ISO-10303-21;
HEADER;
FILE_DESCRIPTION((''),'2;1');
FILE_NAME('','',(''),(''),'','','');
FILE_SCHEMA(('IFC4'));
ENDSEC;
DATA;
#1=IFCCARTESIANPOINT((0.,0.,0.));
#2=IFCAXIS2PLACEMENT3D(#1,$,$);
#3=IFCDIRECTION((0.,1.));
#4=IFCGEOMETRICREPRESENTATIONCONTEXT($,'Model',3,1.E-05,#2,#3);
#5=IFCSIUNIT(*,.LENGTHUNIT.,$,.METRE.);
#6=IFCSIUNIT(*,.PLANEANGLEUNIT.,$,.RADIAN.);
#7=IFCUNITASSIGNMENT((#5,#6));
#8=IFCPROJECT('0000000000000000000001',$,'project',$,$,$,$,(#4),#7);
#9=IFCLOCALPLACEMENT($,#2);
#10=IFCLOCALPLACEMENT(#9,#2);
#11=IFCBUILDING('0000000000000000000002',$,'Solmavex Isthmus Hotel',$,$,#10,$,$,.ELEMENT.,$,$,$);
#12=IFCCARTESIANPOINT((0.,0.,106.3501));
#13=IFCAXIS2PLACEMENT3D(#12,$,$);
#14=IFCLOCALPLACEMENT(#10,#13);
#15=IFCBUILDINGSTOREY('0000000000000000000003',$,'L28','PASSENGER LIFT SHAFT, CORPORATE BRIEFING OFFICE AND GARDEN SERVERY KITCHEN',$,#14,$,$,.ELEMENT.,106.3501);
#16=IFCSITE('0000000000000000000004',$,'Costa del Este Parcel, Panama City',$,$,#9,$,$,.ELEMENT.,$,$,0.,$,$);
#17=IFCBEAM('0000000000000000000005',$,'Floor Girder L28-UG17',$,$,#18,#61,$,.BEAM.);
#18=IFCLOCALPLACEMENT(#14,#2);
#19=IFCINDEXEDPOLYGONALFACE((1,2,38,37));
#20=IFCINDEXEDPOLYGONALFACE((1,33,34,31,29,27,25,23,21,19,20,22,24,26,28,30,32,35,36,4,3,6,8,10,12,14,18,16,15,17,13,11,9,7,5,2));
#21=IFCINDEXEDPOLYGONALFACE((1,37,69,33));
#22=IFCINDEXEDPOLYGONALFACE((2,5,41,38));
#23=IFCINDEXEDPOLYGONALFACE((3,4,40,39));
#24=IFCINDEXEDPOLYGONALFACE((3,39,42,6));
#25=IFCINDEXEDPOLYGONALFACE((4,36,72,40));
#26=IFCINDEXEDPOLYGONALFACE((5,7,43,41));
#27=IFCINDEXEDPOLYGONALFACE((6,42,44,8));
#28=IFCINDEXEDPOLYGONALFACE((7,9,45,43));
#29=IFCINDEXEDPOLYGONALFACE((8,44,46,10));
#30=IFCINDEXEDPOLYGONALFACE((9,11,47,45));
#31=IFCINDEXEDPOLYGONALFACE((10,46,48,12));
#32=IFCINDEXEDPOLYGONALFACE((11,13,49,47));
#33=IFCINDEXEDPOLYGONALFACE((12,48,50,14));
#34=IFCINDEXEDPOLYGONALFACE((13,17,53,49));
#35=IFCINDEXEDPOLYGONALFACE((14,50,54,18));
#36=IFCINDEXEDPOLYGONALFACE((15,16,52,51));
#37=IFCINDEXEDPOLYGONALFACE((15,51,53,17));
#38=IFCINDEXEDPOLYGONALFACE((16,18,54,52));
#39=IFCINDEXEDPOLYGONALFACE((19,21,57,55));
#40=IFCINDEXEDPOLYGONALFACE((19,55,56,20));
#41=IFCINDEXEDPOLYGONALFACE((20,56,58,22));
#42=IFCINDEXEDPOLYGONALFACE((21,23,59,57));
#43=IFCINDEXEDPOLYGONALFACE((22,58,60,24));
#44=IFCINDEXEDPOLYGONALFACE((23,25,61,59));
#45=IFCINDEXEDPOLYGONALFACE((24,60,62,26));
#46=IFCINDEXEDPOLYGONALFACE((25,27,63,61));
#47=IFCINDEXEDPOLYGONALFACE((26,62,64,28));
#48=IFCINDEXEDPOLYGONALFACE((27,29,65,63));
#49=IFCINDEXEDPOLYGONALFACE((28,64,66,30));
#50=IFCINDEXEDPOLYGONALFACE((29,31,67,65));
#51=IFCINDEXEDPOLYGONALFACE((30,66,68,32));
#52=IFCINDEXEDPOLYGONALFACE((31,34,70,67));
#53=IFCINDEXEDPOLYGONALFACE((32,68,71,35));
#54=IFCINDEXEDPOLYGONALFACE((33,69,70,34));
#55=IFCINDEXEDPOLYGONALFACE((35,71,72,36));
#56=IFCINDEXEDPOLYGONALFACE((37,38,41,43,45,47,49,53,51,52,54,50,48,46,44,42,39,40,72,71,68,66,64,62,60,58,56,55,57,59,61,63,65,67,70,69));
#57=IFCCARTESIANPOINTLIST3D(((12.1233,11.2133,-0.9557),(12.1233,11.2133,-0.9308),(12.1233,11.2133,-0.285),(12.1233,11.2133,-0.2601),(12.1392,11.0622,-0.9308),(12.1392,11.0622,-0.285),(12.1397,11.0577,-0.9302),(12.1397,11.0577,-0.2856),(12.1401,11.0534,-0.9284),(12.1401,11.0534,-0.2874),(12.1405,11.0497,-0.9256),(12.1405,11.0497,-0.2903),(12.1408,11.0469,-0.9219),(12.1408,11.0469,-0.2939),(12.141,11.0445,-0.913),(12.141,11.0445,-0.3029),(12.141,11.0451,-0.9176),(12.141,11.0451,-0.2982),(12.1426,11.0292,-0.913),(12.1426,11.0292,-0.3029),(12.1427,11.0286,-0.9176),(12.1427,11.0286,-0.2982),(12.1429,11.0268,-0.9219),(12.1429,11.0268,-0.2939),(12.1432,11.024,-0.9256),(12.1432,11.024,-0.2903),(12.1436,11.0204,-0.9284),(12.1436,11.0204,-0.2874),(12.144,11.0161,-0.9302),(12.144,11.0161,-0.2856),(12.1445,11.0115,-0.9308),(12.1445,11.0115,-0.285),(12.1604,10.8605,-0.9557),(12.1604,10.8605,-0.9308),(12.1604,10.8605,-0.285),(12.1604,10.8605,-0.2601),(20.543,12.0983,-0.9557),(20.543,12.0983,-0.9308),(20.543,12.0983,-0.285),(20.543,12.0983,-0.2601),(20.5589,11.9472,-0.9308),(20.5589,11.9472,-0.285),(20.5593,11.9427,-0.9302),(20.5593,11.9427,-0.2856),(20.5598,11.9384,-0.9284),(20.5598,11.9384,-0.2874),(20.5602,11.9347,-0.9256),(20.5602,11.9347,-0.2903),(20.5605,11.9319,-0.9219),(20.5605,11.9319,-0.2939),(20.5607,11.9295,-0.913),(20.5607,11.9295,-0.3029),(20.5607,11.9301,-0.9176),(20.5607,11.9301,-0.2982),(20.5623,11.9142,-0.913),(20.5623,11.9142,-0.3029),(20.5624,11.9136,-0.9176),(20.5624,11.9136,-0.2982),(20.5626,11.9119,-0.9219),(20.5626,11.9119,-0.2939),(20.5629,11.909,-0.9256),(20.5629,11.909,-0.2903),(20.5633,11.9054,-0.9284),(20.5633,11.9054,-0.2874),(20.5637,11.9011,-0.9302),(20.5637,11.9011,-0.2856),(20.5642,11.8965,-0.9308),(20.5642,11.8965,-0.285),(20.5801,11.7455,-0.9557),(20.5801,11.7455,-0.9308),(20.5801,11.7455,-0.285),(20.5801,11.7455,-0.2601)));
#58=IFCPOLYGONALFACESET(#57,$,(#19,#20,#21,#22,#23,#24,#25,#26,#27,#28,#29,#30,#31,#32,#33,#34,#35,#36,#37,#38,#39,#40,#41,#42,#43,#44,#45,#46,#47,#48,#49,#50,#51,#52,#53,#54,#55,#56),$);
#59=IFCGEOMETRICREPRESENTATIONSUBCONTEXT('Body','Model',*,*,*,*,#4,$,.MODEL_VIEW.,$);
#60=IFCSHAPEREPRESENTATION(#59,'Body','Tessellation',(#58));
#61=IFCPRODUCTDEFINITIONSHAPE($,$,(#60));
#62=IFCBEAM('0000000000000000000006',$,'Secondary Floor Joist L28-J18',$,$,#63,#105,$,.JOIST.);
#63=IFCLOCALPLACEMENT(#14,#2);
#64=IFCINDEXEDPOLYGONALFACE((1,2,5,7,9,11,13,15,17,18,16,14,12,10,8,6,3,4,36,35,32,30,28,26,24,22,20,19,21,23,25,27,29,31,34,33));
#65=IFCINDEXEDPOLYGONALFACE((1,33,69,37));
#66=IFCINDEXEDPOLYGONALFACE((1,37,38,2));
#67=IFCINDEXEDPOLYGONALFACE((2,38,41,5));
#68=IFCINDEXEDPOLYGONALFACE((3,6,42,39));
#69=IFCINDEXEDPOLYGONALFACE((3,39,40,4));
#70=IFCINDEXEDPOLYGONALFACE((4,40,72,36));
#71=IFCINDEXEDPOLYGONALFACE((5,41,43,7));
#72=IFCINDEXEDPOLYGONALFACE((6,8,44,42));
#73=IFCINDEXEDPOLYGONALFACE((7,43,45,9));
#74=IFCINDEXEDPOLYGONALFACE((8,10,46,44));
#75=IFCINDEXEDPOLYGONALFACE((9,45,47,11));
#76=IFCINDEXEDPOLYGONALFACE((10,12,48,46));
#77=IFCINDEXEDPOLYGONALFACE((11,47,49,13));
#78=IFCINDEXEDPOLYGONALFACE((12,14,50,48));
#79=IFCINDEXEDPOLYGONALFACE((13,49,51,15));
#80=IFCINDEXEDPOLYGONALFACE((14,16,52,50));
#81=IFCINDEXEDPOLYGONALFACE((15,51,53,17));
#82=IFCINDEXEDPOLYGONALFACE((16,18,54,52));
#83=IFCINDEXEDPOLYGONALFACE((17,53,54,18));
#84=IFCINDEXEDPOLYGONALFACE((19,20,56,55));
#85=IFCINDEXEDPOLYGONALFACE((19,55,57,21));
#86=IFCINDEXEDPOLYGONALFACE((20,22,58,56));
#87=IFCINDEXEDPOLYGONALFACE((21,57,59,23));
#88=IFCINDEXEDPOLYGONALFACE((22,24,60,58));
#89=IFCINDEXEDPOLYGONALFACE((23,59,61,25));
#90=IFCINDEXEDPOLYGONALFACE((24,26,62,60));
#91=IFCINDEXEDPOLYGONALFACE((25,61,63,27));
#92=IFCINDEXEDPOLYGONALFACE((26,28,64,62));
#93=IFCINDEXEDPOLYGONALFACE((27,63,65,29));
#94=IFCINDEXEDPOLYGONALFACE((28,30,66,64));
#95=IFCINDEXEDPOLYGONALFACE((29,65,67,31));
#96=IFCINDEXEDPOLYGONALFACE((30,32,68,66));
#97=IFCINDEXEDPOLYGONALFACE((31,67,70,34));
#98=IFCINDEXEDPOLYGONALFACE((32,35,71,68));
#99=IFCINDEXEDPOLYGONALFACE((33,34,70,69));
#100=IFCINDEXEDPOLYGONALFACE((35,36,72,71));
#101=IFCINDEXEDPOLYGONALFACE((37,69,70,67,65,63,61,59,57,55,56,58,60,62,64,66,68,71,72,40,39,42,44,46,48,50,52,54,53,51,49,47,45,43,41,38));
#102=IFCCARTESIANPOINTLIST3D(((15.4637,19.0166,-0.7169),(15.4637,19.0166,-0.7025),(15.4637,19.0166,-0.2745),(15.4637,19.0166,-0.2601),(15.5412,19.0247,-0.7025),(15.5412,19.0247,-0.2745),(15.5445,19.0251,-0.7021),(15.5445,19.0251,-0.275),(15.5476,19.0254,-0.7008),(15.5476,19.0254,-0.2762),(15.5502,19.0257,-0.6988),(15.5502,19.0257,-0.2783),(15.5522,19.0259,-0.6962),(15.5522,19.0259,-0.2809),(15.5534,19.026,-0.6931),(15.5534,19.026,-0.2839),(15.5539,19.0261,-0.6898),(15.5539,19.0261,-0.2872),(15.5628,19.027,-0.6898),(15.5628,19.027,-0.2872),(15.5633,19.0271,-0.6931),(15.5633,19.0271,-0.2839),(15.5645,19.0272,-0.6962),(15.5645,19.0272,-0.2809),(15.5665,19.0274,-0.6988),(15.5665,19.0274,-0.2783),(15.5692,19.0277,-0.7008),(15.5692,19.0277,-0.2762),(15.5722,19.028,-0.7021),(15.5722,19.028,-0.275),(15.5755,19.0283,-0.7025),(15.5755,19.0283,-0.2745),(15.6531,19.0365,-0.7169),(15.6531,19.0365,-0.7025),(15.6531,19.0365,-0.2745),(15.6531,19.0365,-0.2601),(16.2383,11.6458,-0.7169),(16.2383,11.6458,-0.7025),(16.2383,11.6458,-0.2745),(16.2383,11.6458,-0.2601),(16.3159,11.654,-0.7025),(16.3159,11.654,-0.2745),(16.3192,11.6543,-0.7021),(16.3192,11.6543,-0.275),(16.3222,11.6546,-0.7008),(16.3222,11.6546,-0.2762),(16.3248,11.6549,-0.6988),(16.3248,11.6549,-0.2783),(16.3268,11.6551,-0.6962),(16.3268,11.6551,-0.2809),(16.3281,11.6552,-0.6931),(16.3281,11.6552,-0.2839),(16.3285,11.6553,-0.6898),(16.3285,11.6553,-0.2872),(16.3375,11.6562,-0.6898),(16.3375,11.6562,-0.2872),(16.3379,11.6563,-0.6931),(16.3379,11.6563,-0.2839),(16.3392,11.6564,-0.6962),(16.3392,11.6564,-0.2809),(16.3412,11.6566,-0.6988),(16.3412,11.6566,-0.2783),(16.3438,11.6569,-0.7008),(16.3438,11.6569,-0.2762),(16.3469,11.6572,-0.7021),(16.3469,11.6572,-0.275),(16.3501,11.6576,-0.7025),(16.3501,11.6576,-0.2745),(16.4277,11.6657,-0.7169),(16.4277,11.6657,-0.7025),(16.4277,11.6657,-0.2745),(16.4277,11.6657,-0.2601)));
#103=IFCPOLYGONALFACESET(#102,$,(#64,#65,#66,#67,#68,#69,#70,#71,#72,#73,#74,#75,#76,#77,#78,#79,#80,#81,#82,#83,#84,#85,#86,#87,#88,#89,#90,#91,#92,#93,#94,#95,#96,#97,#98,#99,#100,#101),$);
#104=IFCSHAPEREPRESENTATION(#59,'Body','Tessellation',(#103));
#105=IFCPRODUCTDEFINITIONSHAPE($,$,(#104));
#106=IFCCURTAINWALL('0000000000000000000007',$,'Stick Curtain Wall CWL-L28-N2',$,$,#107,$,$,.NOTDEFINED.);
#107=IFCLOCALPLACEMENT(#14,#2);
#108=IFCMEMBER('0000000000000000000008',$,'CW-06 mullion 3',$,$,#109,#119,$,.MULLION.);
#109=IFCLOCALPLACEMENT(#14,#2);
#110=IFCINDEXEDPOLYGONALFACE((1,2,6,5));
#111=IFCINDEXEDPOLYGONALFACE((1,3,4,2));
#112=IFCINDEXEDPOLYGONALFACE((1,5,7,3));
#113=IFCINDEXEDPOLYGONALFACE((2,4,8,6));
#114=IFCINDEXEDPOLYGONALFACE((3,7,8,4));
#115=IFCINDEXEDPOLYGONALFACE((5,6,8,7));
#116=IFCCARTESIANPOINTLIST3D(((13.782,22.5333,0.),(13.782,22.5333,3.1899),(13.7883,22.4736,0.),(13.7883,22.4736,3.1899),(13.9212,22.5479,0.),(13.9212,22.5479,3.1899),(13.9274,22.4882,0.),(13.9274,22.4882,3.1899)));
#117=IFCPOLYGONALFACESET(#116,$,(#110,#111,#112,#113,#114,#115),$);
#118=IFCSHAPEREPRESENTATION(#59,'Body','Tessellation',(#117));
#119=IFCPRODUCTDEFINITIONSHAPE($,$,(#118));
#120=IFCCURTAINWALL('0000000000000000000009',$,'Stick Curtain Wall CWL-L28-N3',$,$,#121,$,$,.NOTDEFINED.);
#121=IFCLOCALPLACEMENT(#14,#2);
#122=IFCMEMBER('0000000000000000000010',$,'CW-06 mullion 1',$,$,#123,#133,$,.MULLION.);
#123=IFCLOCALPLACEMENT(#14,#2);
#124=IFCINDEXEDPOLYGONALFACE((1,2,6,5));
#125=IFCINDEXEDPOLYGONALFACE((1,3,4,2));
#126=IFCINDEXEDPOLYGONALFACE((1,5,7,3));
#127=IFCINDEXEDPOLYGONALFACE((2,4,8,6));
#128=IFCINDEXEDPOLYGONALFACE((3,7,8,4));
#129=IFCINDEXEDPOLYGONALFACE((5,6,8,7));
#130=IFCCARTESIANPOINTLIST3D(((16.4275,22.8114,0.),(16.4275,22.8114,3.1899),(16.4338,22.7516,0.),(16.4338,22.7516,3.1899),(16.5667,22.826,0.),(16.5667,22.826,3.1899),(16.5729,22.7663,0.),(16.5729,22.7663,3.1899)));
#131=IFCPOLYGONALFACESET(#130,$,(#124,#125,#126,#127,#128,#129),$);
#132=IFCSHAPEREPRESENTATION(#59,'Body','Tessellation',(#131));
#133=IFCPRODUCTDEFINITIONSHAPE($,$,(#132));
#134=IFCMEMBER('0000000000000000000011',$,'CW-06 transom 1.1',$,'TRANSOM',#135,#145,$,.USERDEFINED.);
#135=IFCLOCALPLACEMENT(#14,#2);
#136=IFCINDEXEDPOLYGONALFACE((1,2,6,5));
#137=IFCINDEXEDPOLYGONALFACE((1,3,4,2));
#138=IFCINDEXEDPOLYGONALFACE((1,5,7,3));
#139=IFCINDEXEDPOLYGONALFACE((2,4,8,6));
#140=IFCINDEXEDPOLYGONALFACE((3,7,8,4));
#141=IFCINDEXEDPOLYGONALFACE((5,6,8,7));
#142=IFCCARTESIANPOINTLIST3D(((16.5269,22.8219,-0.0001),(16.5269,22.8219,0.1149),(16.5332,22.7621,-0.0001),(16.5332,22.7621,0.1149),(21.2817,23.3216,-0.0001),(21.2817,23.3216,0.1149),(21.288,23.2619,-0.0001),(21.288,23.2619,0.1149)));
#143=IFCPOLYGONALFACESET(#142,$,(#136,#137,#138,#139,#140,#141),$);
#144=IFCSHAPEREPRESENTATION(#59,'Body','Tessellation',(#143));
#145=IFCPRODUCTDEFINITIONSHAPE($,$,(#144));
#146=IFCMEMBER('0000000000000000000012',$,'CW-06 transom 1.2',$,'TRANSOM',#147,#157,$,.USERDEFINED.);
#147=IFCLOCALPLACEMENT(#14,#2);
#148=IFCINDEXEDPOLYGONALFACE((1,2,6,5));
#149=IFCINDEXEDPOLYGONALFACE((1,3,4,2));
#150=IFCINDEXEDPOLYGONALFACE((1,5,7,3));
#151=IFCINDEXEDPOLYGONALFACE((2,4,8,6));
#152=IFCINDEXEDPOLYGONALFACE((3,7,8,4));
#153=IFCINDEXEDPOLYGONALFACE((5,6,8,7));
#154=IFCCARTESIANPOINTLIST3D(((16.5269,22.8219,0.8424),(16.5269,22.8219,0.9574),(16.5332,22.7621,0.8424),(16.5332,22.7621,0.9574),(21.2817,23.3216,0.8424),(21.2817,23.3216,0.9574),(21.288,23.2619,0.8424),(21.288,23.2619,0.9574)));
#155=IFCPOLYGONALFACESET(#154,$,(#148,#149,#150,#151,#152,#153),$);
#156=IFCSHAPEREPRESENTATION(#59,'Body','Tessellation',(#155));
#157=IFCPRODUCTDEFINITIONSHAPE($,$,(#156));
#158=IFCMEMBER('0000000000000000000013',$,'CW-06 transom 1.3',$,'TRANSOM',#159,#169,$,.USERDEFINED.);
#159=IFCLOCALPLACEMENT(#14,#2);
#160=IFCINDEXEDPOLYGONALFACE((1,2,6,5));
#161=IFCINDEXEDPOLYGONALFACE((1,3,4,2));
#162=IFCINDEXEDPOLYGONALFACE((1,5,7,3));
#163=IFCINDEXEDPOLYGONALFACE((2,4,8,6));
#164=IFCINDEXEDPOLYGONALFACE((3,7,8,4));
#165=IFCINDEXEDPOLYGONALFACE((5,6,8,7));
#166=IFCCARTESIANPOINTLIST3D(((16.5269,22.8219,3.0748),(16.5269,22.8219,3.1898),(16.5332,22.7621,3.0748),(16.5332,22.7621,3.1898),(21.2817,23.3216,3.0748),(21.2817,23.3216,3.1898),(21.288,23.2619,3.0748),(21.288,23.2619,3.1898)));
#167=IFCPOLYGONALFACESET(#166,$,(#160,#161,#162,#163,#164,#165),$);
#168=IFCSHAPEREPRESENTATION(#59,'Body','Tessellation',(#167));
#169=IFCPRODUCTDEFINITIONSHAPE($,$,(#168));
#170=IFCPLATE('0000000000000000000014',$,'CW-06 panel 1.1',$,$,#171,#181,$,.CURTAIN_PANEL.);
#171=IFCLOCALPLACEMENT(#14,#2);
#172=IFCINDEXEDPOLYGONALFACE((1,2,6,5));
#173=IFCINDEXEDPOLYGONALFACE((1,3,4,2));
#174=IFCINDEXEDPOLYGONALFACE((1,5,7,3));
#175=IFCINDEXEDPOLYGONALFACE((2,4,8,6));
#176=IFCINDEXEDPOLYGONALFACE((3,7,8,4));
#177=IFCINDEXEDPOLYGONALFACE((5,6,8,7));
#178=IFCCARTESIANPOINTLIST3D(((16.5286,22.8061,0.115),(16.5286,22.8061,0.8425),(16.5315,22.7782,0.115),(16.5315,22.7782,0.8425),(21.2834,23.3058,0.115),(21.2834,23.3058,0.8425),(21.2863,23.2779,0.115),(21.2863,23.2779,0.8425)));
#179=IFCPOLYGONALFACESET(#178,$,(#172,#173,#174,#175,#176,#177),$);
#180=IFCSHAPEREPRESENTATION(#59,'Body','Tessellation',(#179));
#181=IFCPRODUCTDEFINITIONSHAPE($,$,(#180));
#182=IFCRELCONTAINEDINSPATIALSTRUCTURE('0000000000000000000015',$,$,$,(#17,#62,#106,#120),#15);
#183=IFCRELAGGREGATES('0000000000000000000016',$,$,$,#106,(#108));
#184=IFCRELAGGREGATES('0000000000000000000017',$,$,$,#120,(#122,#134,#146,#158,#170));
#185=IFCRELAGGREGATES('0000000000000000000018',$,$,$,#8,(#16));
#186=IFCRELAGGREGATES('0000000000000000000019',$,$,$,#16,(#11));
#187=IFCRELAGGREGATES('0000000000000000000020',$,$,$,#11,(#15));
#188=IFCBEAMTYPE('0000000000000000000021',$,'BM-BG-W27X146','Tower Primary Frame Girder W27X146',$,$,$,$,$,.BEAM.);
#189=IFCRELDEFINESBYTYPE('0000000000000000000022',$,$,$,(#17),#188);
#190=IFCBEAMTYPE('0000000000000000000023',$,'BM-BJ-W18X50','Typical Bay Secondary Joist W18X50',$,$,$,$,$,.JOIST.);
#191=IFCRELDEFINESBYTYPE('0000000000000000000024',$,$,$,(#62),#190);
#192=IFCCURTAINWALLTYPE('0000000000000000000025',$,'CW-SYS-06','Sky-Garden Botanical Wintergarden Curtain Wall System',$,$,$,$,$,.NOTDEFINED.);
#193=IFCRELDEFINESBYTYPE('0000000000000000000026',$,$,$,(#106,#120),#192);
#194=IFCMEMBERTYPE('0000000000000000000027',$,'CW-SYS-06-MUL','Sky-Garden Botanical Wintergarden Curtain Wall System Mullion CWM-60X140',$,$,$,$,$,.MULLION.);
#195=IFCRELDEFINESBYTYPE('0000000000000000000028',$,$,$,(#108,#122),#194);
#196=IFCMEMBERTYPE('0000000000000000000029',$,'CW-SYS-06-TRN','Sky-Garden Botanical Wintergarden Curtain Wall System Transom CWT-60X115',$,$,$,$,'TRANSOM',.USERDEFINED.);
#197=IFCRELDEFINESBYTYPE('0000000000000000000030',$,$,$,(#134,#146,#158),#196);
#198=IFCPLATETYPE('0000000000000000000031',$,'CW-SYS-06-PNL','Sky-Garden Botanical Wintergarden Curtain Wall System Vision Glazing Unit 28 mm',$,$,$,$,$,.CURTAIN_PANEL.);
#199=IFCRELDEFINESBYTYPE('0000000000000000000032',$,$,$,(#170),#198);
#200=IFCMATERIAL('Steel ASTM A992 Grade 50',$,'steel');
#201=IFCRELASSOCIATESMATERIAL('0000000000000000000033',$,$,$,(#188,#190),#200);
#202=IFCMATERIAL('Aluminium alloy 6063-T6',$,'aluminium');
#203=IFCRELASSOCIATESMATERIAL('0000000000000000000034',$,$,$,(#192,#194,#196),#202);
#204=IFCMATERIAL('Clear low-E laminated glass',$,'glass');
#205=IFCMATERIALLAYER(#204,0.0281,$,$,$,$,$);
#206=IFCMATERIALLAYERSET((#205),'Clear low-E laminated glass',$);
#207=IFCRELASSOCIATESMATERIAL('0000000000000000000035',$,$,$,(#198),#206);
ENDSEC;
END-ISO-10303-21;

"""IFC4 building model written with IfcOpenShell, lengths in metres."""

from ifc_helpers import new_model, si_unit, direction, frame, origin, origin_2d, place, context, subcontext, project, spatial, rectangle, i_section, extrude, material, layer, layer_set, material_profile, profile_set, type_object, element, aggregate, save


model = new_model("IFC4")

# Units and contexts
model_context = context("Model", 3, precision=1e-05, world=origin(), true_north=direction((0.0, 1.0)))
body_context = subcontext(model_context, "Body", "Model", "MODEL_VIEW")
ifc_project = project(units=[si_unit("LENGTHUNIT", "METRE"), si_unit("PLANEANGLEUNIT", "RADIAN")], contexts=[model_context])

# Site, building, storey
site_placement = place(None, origin())
site = spatial("IfcSite", under=ifc_project, at=site_placement, Name="Costa del Este Parcel, Panama City", CompositionType="ELEMENT", RefElevation=0.0)
building_placement = place(site_placement, origin())
building = spatial("IfcBuilding", under=site, at=building_placement, Name="Solmavex Isthmus Hotel", CompositionType="ELEMENT")
storey_placement = place(building_placement, frame((0.0, 0.0, 106.3501)))
storey = spatial("IfcBuildingStorey", under=building, at=storey_placement, Name="L28", Description="PASSENGER LIFT SHAFT, CORPORATE BRIEFING OFFICE AND GARDEN SERVERY KITCHEN", CompositionType="ELEMENT", Elevation=106.3501)

# Beams
ifc_material_1 = material(Name="Steel ASTM A992 Grade 50", Category="steel")
ifc_material_profile_1 = material_profile(ifc_material_1, i_section(OverallWidth=0.3547, OverallDepth=0.6956, WebThickness=0.0154, FlangeThickness=0.0249, FilletRadius=0.0178, at=origin_2d()), Name="W27X146")
ifc_profile_set_1 = profile_set([ifc_material_profile_1], Name="Steel ASTM A992 Grade 50")
beam_type_1 = type_object("IfcBeamType", Name="BM-BG-W27X146", Description="Tower Primary Frame Girder W27X146", PredefinedType="BEAM", material=ifc_profile_set_1)
beam_1_placement = place(storey_placement, frame((12.1418, 11.0369, -0.6079), z_axis=(0.994521, 0.104536, 0.0), x_axis=(-0.104536, 0.994521, 0.0)))
element("IfcBeam", 1, at=beam_1_placement, inside=storey, type_object=beam_type_1, Name="Floor Girder L28-UG17", PredefinedType="BEAM", context=body_context, shape_type="SweptSolid", body=[
    extrude(i_section(OverallWidth=0.3547, OverallDepth=0.6956, WebThickness=0.0154, FlangeThickness=0.0249, FilletRadius=0.0178, at=origin_2d()), origin(), (0.0, 0.0, 1.0), 8.4661),
])
ifc_material_profile_2 = material_profile(ifc_material_1, i_section(OverallWidth=0.1904, OverallDepth=0.4568, WebThickness=0.009, FlangeThickness=0.0144, FilletRadius=0.0127, at=origin_2d()), Name="W18X50")
ifc_profile_set_2 = profile_set([ifc_material_profile_2], Name="Steel ASTM A992 Grade 50")
beam_type_2 = type_object("IfcBeamType", Name="BM-BJ-W18X50", Description="Typical Bay Secondary Joist W18X50", PredefinedType="JOIST", material=ifc_profile_set_2)
beam_2_placement = place(storey_placement, frame((16.333, 11.6558, -0.4885), z_axis=(-0.104522, 0.994523, 0.0), x_axis=(-0.994523, -0.104522, 0.0)))
element("IfcBeam", 2, at=beam_2_placement, inside=storey, type_object=beam_type_2, Name="Secondary Floor Joist L28-J18", PredefinedType="JOIST", context=body_context, shape_type="SweptSolid", body=[
    extrude(i_section(OverallWidth=0.1904, OverallDepth=0.4568, WebThickness=0.009, FlangeThickness=0.0144, FilletRadius=0.0127, at=origin_2d()), origin(), (0.0, 0.0, 1.0), 7.4114),
])

# Curtain wall, member
ifc_material_2 = material(Name="Aluminium alloy 6063-T6", Category="aluminium")
curtain_wall_type = type_object("IfcCurtainWallType", Name="CW-SYS-06", Description="Sky-Garden Botanical Wintergarden Curtain Wall System", PredefinedType="NOTDEFINED", material=ifc_material_2)
curtain_wall_1_placement = place(storey_placement, origin())
curtain_wall_1 = element("IfcCurtainWall", 3, at=curtain_wall_1_placement, inside=storey, type_object=curtain_wall_type, Name="Stick Curtain Wall CWL-L28-N2", PredefinedType="NOTDEFINED")
ifc_material_profile_3 = material_profile(ifc_material_2, rectangle(XDim=0.0601, YDim=0.1399, at=origin_2d()), Name="CWM-60X140")
ifc_profile_set_3 = profile_set([ifc_material_profile_3], Name="Aluminium alloy 6063-T6")
member_type_1 = type_object("IfcMemberType", Name="CW-SYS-06-MUL", Description="Sky-Garden Botanical Wintergarden Curtain Wall System Mullion CWM-60X140", PredefinedType="MULLION", material=ifc_profile_set_3)
member_1_placement = place(storey_placement, frame((13.8547, 22.5107, 0.0), z_axis=(0.0, 0.0, 1.0), x_axis=(-0.104529, 0.994522, 0.0)))
member_1 = element("IfcMember", 4, at=member_1_placement, type_object=member_type_1, Name="CW-06 mullion 3", PredefinedType="MULLION", context=body_context, shape_type="SweptSolid", body=[
    extrude(rectangle(XDim=0.0601, YDim=0.1399, at=origin_2d()), origin(), (0.0, 0.0, 1.0), 3.1899),
])
aggregate(curtain_wall_1, [member_1])

# Curtain wall, members, plate
curtain_wall_2_placement = place(storey_placement, origin())
curtain_wall_2 = element("IfcCurtainWall", 5, at=curtain_wall_2_placement, inside=storey, type_object=curtain_wall_type, Name="Stick Curtain Wall CWL-L28-N3", PredefinedType="NOTDEFINED")
member_2_placement = place(storey_placement, frame((16.5002, 22.7888, 0.0), z_axis=(0.0, 0.0, 1.0), x_axis=(-0.104528, 0.994522, 0.0)))
member_2 = element("IfcMember", 6, at=member_2_placement, type_object=member_type_1, Name="CW-06 mullion 1", PredefinedType="MULLION", context=body_context, shape_type="SweptSolid", body=[
    extrude(rectangle(XDim=0.0601, YDim=0.1399, at=origin_2d()), origin(), (0.0, 0.0, 1.0), 3.1899),
])
ifc_material_profile_4 = material_profile(ifc_material_2, rectangle(XDim=0.0601, YDim=0.115, at=origin_2d()), Name="CWT-60X115")
ifc_profile_set_4 = profile_set([ifc_material_profile_4], Name="Aluminium alloy 6063-T6")
member_type_2 = type_object("IfcMemberType", Name="CW-SYS-06-TRN", Description="Sky-Garden Botanical Wintergarden Curtain Wall System Transom CWT-60X115", ElementType="TRANSOM", PredefinedType="USERDEFINED", material=ifc_profile_set_4)
member_3_placement = place(storey_placement, frame((16.53, 22.792, 0.0574), z_axis=(0.994522, 0.104528, 0.0), x_axis=(-0.104528, 0.994522, 0.0)))
member_3 = element("IfcMember", 7, at=member_3_placement, type_object=member_type_2, Name="CW-06 transom 1.1", ObjectType="TRANSOM", PredefinedType="USERDEFINED", context=body_context, shape_type="SweptSolid", body=[
    extrude(rectangle(XDim=0.0601, YDim=0.115, at=origin_2d()), origin(), (0.0, 0.0, 1.0), 4.781),
])
member_4_placement = place(storey_placement, frame((16.53, 22.792, 0.8999), z_axis=(0.994522, 0.104528, 0.0), x_axis=(-0.104528, 0.994522, 0.0)))
member_4 = element("IfcMember", 8, at=member_4_placement, type_object=member_type_2, Name="CW-06 transom 1.2", ObjectType="TRANSOM", PredefinedType="USERDEFINED", context=body_context, shape_type="SweptSolid", body=[
    extrude(rectangle(XDim=0.0601, YDim=0.115, at=origin_2d()), origin(), (0.0, 0.0, 1.0), 4.781),
])
member_5_placement = place(storey_placement, frame((16.53, 22.792, 3.1323), z_axis=(0.994522, 0.104528, 0.0), x_axis=(-0.104528, 0.994522, 0.0)))
member_5 = element("IfcMember", 9, at=member_5_placement, type_object=member_type_2, Name="CW-06 transom 1.3", ObjectType="TRANSOM", PredefinedType="USERDEFINED", context=body_context, shape_type="SweptSolid", body=[
    extrude(rectangle(XDim=0.0601, YDim=0.115, at=origin_2d()), origin(), (0.0, 0.0, 1.0), 4.781),
])
ifc_material_3 = material(Name="Clear low-E laminated glass", Category="glass")
ifc_layer_1 = layer(ifc_material_3, 0.0281)
ifc_layer_set_1 = layer_set([ifc_layer_1], Name="Clear low-E laminated glass")
plate_type = type_object("IfcPlateType", Name="CW-SYS-06-PNL", Description="Sky-Garden Botanical Wintergarden Curtain Wall System Vision Glazing Unit 28 mm", PredefinedType="CURTAIN_PANEL", material=ifc_layer_set_1)
plate_1_placement = place(storey_placement, frame((18.9075, 23.042, 0.115), z_axis=(0.0, 0.0, 1.0), x_axis=(0.994522, 0.104528, 0.0)))
plate_1 = element("IfcPlate", 10, at=plate_1_placement, type_object=plate_type, Name="CW-06 panel 1.1", PredefinedType="CURTAIN_PANEL", context=body_context, shape_type="SweptSolid", body=[
    extrude(rectangle(XDim=4.781, YDim=0.0281, at=origin_2d()), origin(), (0.0, 0.0, 1.0), 0.7275),
])
aggregate(curtain_wall_2, [member_2, member_3, member_4, member_5, plate_1])

save(model, "model.ifc")
